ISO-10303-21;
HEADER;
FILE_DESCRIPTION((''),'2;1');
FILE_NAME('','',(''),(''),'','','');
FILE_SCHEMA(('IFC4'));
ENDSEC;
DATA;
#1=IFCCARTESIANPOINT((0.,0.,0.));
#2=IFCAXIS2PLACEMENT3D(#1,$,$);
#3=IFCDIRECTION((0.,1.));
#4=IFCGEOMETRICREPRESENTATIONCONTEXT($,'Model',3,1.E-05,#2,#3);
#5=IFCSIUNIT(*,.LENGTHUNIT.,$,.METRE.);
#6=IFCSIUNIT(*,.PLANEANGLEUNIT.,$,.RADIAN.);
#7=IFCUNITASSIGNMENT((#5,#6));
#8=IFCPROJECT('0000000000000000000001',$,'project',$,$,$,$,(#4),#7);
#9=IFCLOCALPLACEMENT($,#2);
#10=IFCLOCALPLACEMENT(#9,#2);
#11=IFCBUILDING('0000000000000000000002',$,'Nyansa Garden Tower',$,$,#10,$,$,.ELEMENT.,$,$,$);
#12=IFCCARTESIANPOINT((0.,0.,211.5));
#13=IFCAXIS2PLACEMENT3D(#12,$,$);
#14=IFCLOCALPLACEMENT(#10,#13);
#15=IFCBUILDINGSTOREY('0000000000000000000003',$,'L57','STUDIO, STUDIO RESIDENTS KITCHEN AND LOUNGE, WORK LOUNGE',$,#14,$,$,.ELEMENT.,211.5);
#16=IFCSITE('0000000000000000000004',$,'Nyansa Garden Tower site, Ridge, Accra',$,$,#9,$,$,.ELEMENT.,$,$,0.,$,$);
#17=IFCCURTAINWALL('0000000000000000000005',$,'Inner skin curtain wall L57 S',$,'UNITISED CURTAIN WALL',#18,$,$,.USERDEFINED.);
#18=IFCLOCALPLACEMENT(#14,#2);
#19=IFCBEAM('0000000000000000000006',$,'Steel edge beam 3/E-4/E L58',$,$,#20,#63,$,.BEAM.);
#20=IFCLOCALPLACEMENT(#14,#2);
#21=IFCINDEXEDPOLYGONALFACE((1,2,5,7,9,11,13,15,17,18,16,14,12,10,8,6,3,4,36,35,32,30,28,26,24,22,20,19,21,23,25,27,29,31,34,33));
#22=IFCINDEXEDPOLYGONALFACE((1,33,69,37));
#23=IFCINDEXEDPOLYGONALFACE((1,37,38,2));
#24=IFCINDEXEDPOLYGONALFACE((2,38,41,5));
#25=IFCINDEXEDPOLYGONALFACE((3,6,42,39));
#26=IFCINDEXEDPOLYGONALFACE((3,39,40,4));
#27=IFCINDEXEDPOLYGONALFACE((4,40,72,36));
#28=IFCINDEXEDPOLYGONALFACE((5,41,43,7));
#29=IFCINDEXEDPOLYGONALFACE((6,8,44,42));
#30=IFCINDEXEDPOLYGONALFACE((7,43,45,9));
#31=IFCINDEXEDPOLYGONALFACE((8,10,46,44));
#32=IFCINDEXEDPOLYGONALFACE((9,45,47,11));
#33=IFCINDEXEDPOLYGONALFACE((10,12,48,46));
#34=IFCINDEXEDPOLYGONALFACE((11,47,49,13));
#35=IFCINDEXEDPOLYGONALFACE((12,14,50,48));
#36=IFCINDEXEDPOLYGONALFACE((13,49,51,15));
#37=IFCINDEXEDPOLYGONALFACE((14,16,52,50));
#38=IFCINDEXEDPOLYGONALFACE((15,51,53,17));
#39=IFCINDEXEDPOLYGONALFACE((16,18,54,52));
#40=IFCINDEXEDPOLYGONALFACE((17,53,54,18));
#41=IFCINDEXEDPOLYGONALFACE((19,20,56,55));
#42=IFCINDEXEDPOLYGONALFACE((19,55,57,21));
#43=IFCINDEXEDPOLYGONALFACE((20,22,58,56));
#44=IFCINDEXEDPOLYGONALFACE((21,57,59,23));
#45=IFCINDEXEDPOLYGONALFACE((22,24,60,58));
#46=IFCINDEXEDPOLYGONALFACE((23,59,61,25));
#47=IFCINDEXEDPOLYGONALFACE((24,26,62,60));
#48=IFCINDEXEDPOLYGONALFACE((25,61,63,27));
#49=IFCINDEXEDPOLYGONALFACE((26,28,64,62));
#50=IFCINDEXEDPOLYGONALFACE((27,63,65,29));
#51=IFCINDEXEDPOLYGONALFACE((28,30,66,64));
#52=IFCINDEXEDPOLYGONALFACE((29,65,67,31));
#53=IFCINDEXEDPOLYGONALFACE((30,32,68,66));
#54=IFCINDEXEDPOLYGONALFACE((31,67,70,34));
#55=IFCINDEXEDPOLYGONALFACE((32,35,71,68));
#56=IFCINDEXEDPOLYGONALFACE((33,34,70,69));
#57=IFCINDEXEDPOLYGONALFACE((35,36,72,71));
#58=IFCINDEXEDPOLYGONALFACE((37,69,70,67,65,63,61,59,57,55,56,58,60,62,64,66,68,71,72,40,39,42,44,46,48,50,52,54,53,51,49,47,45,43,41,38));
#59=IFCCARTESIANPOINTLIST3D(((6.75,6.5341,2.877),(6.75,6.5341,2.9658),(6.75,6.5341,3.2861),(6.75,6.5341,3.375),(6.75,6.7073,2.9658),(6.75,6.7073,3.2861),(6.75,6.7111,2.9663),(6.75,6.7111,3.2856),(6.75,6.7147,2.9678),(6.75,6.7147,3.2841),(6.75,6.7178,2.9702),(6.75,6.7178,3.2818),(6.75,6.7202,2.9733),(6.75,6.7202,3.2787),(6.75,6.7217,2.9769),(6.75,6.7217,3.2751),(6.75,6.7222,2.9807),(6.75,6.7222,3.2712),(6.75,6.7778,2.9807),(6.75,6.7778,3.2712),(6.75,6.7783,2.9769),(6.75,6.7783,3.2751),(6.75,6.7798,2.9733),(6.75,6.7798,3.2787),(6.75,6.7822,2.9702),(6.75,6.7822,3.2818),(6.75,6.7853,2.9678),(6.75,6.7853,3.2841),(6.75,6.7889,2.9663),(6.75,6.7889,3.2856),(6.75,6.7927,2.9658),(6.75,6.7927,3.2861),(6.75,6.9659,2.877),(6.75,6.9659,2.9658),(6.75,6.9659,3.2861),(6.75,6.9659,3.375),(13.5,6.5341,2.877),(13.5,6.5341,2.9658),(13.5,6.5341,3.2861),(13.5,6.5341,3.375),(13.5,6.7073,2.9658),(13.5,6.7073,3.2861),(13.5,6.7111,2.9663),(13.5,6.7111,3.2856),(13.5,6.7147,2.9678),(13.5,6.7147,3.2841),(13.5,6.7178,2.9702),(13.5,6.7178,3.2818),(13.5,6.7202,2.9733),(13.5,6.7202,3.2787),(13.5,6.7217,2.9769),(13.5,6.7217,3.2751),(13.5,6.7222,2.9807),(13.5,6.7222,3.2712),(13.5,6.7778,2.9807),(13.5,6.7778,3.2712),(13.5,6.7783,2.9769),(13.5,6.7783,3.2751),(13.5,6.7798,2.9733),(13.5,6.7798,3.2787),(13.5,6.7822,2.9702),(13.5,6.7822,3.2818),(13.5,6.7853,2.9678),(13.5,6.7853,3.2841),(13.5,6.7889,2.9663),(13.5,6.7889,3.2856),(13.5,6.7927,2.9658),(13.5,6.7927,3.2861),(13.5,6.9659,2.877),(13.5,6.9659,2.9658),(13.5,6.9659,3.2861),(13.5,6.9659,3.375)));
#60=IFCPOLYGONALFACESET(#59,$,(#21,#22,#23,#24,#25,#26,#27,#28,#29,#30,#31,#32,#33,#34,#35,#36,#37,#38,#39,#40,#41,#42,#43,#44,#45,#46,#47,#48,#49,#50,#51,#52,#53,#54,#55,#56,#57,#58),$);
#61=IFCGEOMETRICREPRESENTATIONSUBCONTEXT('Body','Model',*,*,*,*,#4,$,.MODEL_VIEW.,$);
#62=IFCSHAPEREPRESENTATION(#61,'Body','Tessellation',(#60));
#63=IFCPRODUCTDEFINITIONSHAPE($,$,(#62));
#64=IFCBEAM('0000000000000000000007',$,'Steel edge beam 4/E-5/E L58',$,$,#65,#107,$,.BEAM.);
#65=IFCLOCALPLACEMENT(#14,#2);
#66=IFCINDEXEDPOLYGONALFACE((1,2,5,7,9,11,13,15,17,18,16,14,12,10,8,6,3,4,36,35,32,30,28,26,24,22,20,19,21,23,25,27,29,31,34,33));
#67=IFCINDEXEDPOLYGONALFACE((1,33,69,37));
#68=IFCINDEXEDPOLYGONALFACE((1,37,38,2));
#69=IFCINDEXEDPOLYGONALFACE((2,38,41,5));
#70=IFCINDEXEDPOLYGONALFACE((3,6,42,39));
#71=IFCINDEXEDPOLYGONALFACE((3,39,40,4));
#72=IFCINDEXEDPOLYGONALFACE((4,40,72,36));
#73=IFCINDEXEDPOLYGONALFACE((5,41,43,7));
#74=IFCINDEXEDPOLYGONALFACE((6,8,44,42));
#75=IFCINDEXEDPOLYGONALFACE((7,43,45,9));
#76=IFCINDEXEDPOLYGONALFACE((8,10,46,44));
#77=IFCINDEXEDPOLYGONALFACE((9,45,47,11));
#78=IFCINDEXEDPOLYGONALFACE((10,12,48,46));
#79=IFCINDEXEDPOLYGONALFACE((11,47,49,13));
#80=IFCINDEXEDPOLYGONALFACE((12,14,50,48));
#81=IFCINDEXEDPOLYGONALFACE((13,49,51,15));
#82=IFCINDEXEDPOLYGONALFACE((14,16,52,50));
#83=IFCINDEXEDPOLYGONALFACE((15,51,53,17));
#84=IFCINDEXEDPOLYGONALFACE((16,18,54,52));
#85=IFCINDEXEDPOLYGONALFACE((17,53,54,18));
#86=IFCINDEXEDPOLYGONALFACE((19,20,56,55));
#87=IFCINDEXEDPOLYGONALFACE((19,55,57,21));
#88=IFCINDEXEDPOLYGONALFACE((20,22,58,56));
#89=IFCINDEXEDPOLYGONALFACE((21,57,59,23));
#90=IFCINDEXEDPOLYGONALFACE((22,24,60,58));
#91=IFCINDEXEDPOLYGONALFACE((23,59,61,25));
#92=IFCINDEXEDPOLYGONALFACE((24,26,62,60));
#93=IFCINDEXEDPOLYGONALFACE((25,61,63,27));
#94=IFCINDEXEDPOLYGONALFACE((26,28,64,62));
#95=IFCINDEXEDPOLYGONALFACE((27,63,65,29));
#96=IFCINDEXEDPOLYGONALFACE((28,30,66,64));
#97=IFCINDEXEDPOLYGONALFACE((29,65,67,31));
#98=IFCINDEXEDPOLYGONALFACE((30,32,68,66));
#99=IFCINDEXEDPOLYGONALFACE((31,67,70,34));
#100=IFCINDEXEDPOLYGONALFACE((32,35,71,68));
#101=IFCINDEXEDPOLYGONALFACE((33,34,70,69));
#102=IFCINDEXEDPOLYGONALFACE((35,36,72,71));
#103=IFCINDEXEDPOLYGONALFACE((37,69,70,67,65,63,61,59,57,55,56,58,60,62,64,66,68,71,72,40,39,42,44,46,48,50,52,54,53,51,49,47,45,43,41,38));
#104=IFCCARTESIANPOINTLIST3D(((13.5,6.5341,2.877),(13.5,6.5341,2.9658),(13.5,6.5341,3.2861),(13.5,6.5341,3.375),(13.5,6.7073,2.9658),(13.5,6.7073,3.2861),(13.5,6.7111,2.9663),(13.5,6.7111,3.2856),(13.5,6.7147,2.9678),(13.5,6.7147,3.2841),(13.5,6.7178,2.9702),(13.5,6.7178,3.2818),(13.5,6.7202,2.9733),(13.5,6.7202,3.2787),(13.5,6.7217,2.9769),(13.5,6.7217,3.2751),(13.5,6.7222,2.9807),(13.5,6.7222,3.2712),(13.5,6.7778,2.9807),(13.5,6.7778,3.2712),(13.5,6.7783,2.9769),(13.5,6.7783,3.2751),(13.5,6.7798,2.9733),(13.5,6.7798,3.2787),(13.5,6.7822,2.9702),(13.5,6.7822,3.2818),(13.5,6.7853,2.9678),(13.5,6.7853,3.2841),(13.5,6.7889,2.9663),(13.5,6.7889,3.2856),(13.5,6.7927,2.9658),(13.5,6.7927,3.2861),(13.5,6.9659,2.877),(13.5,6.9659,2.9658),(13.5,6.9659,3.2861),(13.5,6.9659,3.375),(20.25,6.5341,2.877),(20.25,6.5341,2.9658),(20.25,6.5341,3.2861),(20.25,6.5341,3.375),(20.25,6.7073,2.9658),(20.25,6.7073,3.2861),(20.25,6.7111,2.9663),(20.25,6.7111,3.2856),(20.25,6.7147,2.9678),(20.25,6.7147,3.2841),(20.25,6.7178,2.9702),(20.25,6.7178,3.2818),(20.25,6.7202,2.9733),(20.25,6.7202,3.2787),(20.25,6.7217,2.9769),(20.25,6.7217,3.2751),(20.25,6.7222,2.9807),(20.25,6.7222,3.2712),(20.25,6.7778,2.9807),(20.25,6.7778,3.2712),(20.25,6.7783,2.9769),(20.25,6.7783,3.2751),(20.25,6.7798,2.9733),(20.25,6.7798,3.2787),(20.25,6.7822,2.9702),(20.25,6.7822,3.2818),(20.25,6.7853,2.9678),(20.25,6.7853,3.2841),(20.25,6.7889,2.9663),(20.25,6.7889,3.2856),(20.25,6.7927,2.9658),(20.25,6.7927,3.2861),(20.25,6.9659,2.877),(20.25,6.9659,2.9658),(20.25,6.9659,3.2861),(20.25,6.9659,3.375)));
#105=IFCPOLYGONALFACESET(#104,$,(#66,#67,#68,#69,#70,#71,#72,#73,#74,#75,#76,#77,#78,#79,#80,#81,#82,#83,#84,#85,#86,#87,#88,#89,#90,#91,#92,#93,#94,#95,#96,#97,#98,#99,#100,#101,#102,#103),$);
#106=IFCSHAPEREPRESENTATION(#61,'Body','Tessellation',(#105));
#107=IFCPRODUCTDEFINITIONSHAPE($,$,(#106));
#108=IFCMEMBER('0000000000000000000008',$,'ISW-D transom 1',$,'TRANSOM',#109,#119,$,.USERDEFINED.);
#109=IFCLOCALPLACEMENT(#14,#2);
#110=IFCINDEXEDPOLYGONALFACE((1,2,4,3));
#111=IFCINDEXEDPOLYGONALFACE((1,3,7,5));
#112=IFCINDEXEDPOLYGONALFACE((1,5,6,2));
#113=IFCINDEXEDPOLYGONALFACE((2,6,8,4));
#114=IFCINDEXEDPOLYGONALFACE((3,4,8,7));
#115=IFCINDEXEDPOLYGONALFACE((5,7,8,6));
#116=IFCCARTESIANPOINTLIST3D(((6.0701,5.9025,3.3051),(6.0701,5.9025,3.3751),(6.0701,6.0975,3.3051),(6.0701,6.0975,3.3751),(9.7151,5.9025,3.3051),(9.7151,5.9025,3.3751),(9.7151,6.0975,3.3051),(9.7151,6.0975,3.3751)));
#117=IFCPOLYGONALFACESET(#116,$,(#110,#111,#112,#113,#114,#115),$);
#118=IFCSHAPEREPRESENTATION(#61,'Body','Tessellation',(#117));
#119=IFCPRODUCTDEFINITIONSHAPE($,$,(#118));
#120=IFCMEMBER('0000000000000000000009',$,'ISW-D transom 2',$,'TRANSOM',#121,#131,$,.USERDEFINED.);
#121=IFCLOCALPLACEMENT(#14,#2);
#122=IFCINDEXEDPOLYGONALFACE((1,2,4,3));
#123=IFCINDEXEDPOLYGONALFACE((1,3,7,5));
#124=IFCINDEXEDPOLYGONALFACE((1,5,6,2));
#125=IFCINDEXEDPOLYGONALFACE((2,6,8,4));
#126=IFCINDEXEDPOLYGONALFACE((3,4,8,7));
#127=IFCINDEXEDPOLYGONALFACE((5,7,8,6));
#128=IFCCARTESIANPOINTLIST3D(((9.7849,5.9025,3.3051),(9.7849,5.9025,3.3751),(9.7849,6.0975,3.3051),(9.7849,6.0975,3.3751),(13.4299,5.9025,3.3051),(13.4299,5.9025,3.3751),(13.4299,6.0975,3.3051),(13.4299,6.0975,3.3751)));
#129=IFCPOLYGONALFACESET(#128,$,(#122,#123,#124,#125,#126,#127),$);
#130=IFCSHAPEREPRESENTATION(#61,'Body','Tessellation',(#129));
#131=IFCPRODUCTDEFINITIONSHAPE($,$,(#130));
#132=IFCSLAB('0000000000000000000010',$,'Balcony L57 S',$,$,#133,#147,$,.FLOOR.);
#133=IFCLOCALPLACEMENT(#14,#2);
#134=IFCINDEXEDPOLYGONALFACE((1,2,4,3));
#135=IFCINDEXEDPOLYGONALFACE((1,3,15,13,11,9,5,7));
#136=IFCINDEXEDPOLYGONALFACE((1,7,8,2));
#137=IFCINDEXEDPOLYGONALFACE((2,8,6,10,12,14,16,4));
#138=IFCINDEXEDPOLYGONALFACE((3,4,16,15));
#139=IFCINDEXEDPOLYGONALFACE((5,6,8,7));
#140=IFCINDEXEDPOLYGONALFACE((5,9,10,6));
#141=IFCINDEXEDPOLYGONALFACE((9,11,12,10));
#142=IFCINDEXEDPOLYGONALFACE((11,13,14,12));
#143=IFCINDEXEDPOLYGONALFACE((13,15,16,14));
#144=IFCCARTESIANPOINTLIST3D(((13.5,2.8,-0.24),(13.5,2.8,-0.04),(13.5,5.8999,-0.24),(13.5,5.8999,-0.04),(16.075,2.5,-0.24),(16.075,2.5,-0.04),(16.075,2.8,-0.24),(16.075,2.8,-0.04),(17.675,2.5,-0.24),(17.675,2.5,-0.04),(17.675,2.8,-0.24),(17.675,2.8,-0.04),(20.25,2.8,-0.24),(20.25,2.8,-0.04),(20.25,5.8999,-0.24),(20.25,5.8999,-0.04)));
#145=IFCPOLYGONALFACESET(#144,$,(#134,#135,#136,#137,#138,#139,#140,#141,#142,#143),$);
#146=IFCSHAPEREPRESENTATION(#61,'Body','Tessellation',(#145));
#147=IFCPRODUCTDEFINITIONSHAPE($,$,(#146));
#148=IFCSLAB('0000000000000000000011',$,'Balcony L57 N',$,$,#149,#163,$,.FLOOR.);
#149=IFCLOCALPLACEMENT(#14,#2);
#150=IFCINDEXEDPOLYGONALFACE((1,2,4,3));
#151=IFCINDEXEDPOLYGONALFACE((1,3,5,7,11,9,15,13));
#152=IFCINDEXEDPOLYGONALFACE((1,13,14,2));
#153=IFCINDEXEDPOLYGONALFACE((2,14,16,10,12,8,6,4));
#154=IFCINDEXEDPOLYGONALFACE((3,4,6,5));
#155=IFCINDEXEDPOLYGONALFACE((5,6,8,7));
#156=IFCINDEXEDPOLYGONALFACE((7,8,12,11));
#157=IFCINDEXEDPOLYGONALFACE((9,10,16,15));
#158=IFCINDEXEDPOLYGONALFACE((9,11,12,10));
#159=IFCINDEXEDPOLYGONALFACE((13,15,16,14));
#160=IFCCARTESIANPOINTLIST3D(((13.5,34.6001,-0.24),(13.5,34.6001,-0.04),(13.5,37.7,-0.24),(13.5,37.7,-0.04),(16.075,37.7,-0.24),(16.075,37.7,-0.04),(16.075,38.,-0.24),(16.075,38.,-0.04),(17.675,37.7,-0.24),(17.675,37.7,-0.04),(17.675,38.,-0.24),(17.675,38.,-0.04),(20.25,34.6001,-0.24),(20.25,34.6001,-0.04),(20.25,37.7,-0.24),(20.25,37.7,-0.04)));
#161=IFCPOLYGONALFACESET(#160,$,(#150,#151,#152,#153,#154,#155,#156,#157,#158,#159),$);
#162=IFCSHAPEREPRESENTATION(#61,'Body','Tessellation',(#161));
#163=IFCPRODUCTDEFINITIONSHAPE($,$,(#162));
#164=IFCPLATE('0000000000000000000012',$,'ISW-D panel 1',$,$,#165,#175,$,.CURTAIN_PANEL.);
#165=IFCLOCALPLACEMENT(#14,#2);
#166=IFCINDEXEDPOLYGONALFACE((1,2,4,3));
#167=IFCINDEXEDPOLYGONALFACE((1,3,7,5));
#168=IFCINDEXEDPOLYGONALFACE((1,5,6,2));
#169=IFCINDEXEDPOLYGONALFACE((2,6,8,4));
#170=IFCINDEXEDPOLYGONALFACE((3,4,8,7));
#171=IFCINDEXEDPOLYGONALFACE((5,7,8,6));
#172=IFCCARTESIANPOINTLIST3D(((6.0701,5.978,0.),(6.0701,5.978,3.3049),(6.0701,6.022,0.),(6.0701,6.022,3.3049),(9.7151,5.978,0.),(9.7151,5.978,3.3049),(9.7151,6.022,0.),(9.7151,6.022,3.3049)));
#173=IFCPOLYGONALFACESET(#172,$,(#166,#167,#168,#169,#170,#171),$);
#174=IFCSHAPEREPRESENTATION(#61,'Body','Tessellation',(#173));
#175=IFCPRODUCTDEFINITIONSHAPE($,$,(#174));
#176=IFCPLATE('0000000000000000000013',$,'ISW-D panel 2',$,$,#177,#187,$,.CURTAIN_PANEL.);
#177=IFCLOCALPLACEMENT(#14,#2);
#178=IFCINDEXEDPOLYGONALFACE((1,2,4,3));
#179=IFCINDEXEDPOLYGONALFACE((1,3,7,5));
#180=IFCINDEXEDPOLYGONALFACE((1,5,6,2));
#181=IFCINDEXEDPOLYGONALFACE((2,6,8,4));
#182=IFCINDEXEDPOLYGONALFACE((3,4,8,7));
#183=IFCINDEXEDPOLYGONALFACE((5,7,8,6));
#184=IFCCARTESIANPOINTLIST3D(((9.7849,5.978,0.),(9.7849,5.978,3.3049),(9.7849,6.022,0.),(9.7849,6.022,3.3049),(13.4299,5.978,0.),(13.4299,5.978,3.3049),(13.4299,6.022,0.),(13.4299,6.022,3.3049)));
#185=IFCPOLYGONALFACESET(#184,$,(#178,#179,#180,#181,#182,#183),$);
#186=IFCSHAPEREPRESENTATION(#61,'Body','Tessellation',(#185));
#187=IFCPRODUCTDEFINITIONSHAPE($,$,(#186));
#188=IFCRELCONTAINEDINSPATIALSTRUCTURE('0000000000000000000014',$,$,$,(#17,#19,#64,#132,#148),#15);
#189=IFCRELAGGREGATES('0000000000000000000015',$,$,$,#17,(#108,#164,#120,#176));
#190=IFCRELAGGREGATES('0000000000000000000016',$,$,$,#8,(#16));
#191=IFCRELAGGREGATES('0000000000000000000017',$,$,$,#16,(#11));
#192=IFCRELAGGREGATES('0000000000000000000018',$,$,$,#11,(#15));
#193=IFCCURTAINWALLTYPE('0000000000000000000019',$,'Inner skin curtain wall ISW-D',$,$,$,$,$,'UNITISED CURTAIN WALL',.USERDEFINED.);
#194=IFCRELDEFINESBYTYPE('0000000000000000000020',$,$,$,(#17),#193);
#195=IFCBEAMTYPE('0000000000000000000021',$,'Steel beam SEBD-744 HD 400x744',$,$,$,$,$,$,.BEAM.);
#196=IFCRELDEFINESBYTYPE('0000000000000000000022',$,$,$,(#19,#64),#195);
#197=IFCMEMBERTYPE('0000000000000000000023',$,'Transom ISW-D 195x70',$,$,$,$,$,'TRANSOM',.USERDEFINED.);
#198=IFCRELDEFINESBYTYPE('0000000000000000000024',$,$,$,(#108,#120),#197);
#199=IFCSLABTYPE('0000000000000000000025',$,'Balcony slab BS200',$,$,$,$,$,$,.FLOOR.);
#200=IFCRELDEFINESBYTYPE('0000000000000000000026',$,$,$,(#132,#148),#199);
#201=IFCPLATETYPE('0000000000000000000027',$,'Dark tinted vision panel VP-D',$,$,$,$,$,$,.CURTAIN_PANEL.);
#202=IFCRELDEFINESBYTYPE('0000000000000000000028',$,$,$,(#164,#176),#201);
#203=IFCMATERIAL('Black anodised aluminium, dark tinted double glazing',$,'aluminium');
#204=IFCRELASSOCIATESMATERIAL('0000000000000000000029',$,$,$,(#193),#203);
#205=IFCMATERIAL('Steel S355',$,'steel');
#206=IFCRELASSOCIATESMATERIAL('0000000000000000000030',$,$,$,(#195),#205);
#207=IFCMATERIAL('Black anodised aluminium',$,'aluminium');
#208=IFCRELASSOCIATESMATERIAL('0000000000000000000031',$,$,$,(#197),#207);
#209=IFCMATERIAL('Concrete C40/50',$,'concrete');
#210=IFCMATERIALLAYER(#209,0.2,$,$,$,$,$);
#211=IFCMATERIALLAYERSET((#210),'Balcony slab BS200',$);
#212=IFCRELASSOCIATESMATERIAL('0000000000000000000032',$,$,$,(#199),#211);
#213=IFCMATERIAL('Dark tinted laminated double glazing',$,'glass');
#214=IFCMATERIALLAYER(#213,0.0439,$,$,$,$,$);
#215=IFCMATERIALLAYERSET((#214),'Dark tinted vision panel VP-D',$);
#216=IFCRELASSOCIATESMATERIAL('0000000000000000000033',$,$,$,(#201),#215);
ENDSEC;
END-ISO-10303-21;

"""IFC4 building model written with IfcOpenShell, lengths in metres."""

from ifc_helpers import new_model, si_unit, direction, frame, origin, origin_2d, place, context, subcontext, project, spatial, polyline, rectangle, i_section, outline, extrude, material, layer, layer_set, material_profile, profile_set, type_object, element, aggregate, save


model = new_model("IFC4")

# Units and contexts
model_context = context("Model", 3, precision=1e-05, world=origin(), true_north=direction((0.0, 1.0)))
body_context = subcontext(model_context, "Body", "Model", "MODEL_VIEW")
ifc_project = project(units=[si_unit("LENGTHUNIT", "METRE"), si_unit("PLANEANGLEUNIT", "RADIAN")], contexts=[model_context])

# Site, building, storey
site_placement = place(None, origin())
site = spatial("IfcSite", under=ifc_project, at=site_placement, Name="Nyansa Garden Tower site, Ridge, Accra", CompositionType="ELEMENT", RefElevation=0.0)
building_placement = place(site_placement, origin())
building = spatial("IfcBuilding", under=site, at=building_placement, Name="Nyansa Garden Tower", CompositionType="ELEMENT")
storey_placement = place(building_placement, frame((0.0, 0.0, 211.5)))
storey = spatial("IfcBuildingStorey", under=building, at=storey_placement, Name="L57", Description="STUDIO, STUDIO RESIDENTS KITCHEN AND LOUNGE, WORK LOUNGE", CompositionType="ELEMENT", Elevation=211.5)

# Curtain wall
ifc_material_1 = material(Name="Black anodised aluminium, dark tinted double glazing", Category="aluminium")
curtain_wall_type = type_object("IfcCurtainWallType", Name="Inner skin curtain wall ISW-D", ElementType="UNITISED CURTAIN WALL", PredefinedType="USERDEFINED", material=ifc_material_1)
curtain_wall_placement = place(storey_placement, origin())
curtain_wall = element("IfcCurtainWall", 1, at=curtain_wall_placement, inside=storey, type_object=curtain_wall_type, Name="Inner skin curtain wall L57 S", ObjectType="UNITISED CURTAIN WALL", PredefinedType="USERDEFINED")

# Beams
ifc_material_2 = material(Name="Steel S355", Category="steel")
ifc_material_profile_1 = material_profile(ifc_material_2, i_section(OverallWidth=0.4319, OverallDepth=0.498, WebThickness=0.0557, FlangeThickness=0.0889, FilletRadius=0.0149, at=origin_2d()), Name="HD 400x744")
ifc_profile_set_1 = profile_set([ifc_material_profile_1], Name="Steel S355")
beam_type_1 = type_object("IfcBeamType", Name="Steel beam SEBD-744 HD 400x744", PredefinedType="BEAM", material=ifc_profile_set_1)
for number, where, z_axis, x_axis, name in (
    (2, (6.75, 6.75, 3.126), (1.0, 0.0, 0.0), (0.0, 1.0, 0.0), "Steel edge beam 3/E-4/E L58"),
    (3, (13.5, 6.75, 3.126), (1.0, 0.0, 0.0), (0.0, 1.0, 0.0), "Steel edge beam 4/E-5/E L58"),
):
    element("IfcBeam", number, at=place(storey_placement, frame(where, z_axis=z_axis, x_axis=x_axis)), inside=storey, type_object=beam_type_1, Name=name, PredefinedType="BEAM", context=body_context, shape_type="SweptSolid", body=[
        extrude(i_section(OverallWidth=0.4319, OverallDepth=0.498, WebThickness=0.0557, FlangeThickness=0.0889, FilletRadius=0.0149, at=origin_2d()), origin(), (0.0, 0.0, 1.0), 6.75),
    ])

# Members
ifc_material_3 = material(Name="Black anodised aluminium", Category="aluminium")
ifc_material_profile_2 = material_profile(ifc_material_3, rectangle(XDim=0.1951, YDim=0.0701, at=origin_2d()), Name="Transom 195x70")
ifc_profile_set_2 = profile_set([ifc_material_profile_2], Name="Black anodised aluminium")
member_type_1 = type_object("IfcMemberType", Name="Transom ISW-D 195x70", ElementType="TRANSOM", PredefinedType="USERDEFINED", material=ifc_profile_set_2)
member_1_placement = place(storey_placement, frame((6.0701, 6.0, 3.3401), z_axis=(1.0, 0.0, 0.0), x_axis=(0.0, 1.0, 0.0)))
member_1 = element("IfcMember", 4, at=member_1_placement, type_object=member_type_1, Name="ISW-D transom 1", ObjectType="TRANSOM", PredefinedType="USERDEFINED", context=body_context, shape_type="SweptSolid", body=[
    extrude(rectangle(XDim=0.1951, YDim=0.0701, at=origin_2d()), origin(), (0.0, 0.0, 1.0), 3.645),
])
member_2_placement = place(storey_placement, frame((9.7849, 6.0, 3.3401), z_axis=(1.0, 0.0, 0.0), x_axis=(0.0, 1.0, 0.0)))
member_2 = element("IfcMember", 5, at=member_2_placement, type_object=member_type_1, Name="ISW-D transom 2", ObjectType="TRANSOM", PredefinedType="USERDEFINED", context=body_context, shape_type="SweptSolid", body=[
    extrude(rectangle(XDim=0.1951, YDim=0.0701, at=origin_2d()), origin(), (0.0, 0.0, 1.0), 3.645),
])

# Slabs
ifc_material_4 = material(Name="Concrete C40/50", Category="concrete")
ifc_layer_1 = layer(ifc_material_4, 0.2)
ifc_layer_set_1 = layer_set([ifc_layer_1], Name="Balcony slab BS200")
slab_type_1 = type_object("IfcSlabType", Name="Balcony slab BS200", PredefinedType="FLOOR", material=ifc_layer_set_1)
slab_1_placement = place(storey_placement, frame((0.0, 0.0, -0.24)))
element("IfcSlab", 6, at=slab_1_placement, inside=storey, type_object=slab_type_1, Name="Balcony L57 S", PredefinedType="FLOOR", context=body_context, shape_type="SweptSolid", body=[
    extrude(outline(polyline([(13.5, 5.8999), (20.25, 5.8999), (20.25, 2.8), (17.675, 2.8), (17.675, 2.5), (16.075, 2.5), (16.075, 2.8), (13.5, 2.8), (13.5, 5.8999)])), origin(), (0.0, 0.0, 1.0), 0.2),
])
slab_2_placement = place(storey_placement, frame((0.0, 0.0, -0.24)))
element("IfcSlab", 7, at=slab_2_placement, inside=storey, type_object=slab_type_1, Name="Balcony L57 N", PredefinedType="FLOOR", context=body_context, shape_type="SweptSolid", body=[
    extrude(outline(polyline([(13.5, 34.6001), (20.25, 34.6001), (20.25, 37.7), (17.675, 37.7), (17.675, 38.0), (16.075, 38.0), (16.075, 37.7), (13.5, 37.7), (13.5, 34.6001)])), origin(), (0.0, 0.0, 1.0), 0.2),
])

# Plates
ifc_material_5 = material(Name="Dark tinted laminated double glazing", Category="glass")
ifc_layer_2 = layer(ifc_material_5, 0.0439)
ifc_layer_set_2 = layer_set([ifc_layer_2], Name="Dark tinted vision panel VP-D")
plate_type = type_object("IfcPlateType", Name="Dark tinted vision panel VP-D", PredefinedType="CURTAIN_PANEL", material=ifc_layer_set_2)
plate_1_placement = place(storey_placement, frame((7.8926, 6.0, 0.0), z_axis=(0.0, 0.0, 1.0), x_axis=(1.0, 0.0, 0.0)))
plate_1 = element("IfcPlate", 8, at=plate_1_placement, type_object=plate_type, Name="ISW-D panel 1", PredefinedType="CURTAIN_PANEL", context=body_context, shape_type="SweptSolid", body=[
    extrude(rectangle(XDim=3.645, YDim=0.0439, at=origin_2d()), origin(), (0.0, 0.0, 1.0), 3.3049),
])
plate_2_placement = place(storey_placement, frame((11.6074, 6.0, 0.0), z_axis=(0.0, 0.0, 1.0), x_axis=(1.0, 0.0, 0.0)))
plate_2 = element("IfcPlate", 9, at=plate_2_placement, type_object=plate_type, Name="ISW-D panel 2", PredefinedType="CURTAIN_PANEL", context=body_context, shape_type="SweptSolid", body=[
    extrude(rectangle(XDim=3.645, YDim=0.0439, at=origin_2d()), origin(), (0.0, 0.0, 1.0), 3.3049),
])
aggregate(curtain_wall, [member_1, plate_1, member_2, plate_2])

save(model, "model.ifc")
